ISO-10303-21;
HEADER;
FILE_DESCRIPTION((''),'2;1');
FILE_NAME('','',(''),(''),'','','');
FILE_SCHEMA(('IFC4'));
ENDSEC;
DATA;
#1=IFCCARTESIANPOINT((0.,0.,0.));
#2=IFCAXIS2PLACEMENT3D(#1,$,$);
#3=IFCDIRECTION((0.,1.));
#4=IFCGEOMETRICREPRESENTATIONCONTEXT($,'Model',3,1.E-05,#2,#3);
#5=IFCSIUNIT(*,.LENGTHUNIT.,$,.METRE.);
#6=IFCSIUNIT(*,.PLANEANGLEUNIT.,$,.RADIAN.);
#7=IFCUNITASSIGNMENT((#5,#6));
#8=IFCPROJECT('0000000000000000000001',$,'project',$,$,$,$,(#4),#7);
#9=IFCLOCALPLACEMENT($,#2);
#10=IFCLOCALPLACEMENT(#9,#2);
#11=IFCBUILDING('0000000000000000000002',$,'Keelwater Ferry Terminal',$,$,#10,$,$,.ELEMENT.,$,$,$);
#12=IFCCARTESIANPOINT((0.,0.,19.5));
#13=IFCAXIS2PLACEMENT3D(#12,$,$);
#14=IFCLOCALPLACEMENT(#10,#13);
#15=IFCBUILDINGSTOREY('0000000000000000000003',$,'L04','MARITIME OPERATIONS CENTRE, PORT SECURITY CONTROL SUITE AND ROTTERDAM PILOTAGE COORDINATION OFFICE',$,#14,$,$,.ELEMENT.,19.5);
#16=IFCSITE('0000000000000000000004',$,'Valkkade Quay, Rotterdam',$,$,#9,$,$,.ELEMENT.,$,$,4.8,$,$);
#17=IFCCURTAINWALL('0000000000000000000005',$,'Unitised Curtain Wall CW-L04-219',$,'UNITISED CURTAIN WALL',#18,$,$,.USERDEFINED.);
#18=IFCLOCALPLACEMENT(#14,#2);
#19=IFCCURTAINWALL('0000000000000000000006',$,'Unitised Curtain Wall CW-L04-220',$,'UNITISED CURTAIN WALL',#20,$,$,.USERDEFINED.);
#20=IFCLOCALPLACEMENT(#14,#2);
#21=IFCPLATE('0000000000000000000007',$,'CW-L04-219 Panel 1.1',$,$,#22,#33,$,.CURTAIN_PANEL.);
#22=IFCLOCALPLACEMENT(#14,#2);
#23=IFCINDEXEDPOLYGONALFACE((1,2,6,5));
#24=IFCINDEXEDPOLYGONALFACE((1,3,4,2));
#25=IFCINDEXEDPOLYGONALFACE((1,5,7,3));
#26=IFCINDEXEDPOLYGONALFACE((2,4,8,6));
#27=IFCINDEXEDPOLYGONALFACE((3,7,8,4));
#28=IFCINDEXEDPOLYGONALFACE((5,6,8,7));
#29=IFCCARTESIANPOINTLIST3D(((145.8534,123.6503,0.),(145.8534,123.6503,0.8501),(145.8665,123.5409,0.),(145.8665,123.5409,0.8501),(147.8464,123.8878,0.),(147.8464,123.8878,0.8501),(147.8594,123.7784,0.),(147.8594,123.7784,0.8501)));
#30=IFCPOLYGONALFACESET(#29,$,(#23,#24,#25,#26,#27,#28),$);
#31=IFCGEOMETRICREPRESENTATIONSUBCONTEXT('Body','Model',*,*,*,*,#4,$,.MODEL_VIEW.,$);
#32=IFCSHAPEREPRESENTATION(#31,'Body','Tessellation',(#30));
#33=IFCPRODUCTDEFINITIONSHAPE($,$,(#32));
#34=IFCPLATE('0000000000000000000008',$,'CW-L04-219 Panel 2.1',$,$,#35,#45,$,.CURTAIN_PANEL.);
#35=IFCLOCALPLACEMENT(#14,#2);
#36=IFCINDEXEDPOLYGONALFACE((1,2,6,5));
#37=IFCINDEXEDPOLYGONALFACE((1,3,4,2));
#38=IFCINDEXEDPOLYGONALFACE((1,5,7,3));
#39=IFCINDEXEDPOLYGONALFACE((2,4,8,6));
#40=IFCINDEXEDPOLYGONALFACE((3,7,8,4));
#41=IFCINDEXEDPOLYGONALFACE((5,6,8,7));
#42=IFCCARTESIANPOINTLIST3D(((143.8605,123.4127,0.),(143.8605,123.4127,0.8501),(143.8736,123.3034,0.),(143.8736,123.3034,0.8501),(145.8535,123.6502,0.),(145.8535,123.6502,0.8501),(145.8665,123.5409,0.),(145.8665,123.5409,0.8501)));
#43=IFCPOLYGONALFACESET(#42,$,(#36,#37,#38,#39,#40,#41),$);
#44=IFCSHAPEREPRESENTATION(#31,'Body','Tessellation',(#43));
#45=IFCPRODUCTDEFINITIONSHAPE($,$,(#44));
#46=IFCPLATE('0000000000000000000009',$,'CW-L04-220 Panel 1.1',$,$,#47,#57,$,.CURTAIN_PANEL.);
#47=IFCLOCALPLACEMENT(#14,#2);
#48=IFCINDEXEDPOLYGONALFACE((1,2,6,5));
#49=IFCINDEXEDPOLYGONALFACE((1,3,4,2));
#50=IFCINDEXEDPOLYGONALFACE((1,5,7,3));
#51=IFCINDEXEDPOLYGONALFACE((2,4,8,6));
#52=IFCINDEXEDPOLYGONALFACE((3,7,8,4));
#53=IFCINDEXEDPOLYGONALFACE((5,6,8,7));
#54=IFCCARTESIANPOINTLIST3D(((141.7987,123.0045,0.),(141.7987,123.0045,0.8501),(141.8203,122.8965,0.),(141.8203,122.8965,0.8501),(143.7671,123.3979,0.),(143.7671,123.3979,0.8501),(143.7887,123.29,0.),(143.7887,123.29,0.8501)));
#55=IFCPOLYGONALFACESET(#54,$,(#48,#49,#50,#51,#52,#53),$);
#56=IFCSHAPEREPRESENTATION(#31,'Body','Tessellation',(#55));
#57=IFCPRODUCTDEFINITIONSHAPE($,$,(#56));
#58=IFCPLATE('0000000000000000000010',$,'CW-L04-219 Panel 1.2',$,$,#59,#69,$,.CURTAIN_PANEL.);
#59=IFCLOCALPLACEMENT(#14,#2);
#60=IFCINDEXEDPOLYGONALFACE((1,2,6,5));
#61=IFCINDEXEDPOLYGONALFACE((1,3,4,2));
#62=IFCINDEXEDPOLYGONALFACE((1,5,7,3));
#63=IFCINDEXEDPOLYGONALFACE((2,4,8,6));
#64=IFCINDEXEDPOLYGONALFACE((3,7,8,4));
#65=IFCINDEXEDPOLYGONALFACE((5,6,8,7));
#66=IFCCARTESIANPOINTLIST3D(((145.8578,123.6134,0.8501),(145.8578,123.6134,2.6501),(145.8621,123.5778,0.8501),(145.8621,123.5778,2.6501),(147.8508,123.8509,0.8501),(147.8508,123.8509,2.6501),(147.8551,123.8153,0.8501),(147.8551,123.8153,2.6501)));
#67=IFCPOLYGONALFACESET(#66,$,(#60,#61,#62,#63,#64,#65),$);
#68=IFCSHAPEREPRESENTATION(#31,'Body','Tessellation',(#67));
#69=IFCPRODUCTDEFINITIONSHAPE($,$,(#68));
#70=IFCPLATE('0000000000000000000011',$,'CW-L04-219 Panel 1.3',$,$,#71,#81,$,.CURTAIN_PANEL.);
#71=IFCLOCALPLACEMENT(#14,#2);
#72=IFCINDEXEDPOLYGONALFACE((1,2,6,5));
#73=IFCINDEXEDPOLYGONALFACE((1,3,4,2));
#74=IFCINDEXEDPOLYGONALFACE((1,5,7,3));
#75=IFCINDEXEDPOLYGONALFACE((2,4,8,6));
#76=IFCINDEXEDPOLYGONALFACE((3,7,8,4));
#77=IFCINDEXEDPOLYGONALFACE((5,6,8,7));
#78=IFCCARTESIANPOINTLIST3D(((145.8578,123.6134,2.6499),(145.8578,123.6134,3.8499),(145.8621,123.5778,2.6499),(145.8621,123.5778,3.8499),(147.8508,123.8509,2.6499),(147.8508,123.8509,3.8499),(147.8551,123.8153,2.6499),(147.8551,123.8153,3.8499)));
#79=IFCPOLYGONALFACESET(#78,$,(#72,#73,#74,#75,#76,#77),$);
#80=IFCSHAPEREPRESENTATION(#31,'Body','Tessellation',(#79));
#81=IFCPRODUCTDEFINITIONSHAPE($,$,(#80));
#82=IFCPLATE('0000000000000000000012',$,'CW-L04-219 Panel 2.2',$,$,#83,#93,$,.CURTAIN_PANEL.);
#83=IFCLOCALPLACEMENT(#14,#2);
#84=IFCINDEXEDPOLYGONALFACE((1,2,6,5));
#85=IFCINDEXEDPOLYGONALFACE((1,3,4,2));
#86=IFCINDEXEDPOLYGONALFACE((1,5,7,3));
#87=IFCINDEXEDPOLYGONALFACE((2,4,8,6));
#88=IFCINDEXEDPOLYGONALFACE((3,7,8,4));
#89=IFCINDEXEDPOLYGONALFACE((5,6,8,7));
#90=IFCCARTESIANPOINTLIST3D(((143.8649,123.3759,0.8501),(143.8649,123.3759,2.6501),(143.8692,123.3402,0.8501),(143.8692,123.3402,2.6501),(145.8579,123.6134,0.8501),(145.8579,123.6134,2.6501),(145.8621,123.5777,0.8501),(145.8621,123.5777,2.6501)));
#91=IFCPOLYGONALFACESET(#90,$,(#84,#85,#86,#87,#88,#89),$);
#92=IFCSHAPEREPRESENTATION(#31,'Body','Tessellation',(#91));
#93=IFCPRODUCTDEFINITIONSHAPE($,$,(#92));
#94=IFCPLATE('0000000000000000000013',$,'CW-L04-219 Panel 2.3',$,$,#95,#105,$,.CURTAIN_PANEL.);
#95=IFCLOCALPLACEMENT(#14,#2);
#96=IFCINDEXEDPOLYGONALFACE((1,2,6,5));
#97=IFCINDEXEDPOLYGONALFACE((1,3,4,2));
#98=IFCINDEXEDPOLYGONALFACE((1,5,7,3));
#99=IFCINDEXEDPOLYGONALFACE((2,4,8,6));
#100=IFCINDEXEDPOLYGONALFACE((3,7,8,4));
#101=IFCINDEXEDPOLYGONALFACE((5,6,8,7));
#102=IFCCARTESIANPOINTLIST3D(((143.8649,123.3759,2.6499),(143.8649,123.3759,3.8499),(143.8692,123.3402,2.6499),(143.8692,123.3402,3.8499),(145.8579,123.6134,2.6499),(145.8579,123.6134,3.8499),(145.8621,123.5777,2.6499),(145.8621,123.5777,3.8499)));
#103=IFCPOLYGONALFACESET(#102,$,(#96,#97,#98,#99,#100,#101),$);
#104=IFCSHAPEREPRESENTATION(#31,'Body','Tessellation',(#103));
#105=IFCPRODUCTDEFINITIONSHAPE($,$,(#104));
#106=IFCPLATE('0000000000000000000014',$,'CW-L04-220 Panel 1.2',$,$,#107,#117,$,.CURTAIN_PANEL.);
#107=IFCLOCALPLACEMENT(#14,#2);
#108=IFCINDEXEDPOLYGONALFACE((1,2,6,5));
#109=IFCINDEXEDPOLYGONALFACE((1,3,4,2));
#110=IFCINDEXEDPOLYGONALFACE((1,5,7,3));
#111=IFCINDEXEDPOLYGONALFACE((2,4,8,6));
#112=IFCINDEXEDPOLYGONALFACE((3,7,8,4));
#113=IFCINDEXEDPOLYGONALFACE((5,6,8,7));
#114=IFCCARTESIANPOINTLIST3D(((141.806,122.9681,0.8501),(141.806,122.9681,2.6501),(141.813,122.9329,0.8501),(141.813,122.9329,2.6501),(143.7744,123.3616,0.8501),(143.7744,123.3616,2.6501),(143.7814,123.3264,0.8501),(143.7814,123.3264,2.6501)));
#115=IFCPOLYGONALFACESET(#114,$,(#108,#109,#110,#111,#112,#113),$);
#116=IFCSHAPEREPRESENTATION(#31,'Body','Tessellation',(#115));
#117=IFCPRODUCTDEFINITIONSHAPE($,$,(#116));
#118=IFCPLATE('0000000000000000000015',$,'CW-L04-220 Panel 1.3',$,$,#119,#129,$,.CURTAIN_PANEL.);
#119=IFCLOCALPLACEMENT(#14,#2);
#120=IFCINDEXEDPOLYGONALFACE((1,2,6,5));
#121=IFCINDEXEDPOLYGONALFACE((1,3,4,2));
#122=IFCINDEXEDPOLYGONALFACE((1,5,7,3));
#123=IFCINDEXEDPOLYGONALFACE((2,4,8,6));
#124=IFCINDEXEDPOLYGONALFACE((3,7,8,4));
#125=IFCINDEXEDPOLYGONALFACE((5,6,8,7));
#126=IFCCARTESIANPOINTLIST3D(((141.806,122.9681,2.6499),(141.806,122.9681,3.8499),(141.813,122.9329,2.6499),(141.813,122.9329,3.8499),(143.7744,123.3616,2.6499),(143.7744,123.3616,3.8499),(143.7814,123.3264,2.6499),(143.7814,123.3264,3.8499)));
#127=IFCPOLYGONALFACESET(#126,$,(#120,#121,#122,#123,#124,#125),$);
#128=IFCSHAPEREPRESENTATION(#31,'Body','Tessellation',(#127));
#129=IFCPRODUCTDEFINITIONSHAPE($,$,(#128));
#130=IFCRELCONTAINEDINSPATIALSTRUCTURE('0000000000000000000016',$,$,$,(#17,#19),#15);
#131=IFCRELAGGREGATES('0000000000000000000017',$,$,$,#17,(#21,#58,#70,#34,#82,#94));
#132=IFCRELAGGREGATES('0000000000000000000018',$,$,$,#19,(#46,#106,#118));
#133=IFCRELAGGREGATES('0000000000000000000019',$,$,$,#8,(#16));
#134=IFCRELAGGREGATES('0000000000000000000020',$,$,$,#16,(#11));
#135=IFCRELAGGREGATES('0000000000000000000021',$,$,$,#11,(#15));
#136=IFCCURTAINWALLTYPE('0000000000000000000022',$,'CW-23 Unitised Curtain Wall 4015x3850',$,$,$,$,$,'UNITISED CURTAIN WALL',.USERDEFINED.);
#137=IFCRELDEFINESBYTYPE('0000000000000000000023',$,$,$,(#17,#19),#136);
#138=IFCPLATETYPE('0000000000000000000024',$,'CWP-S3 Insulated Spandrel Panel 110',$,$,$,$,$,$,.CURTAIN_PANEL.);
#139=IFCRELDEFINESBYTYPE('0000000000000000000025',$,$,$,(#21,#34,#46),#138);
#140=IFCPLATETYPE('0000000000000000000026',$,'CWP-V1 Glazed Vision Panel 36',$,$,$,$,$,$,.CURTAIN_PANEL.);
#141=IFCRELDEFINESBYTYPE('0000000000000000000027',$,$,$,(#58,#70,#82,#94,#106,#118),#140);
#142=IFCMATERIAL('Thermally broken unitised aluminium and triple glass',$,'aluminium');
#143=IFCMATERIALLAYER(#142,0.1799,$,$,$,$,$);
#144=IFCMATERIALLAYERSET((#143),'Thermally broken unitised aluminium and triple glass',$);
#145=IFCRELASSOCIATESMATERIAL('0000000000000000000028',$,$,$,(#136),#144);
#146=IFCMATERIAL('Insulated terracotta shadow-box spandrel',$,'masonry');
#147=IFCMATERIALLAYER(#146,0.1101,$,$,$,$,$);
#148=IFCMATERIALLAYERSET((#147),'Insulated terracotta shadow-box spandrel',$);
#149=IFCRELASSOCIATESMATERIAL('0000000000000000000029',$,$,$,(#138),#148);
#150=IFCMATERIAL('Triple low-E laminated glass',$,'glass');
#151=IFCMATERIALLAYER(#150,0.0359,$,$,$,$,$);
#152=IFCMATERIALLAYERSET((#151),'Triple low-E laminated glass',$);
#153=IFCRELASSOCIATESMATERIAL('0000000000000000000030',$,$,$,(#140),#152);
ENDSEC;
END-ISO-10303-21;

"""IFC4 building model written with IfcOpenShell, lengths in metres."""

from ifc_helpers import new_model, si_unit, direction, frame, origin, origin_2d, place, context, subcontext, project, spatial, rectangle, extrude, material, layer, layer_set, type_object, element, aggregate, save


model = new_model("IFC4")

# Units and contexts
model_context = context("Model", 3, precision=1e-05, world=origin(), true_north=direction((0.0, 1.0)))
body_context = subcontext(model_context, "Body", "Model", "MODEL_VIEW")
ifc_project = project(units=[si_unit("LENGTHUNIT", "METRE"), si_unit("PLANEANGLEUNIT", "RADIAN")], contexts=[model_context])

# Site, building, storey
site_placement = place(None, origin())
site = spatial("IfcSite", under=ifc_project, at=site_placement, Name="Valkkade Quay, Rotterdam", CompositionType="ELEMENT", RefElevation=4.8)
building_placement = place(site_placement, origin())
building = spatial("IfcBuilding", under=site, at=building_placement, Name="Keelwater Ferry Terminal", CompositionType="ELEMENT")
storey_placement = place(building_placement, frame((0.0, 0.0, 19.5)))
storey = spatial("IfcBuildingStorey", under=building, at=storey_placement, Name="L04", Description="MARITIME OPERATIONS CENTRE, PORT SECURITY CONTROL SUITE AND ROTTERDAM PILOTAGE COORDINATION OFFICE", CompositionType="ELEMENT", Elevation=19.5)

# Shared definitions
ifc_material_1 = material(Name="Thermally broken unitised aluminium and triple glass", Category="aluminium")
ifc_layer_1 = layer(ifc_material_1, 0.1799)
ifc_layer_set_1 = layer_set([ifc_layer_1], Name="Thermally broken unitised aluminium and triple glass")
curtain_wall_type = type_object("IfcCurtainWallType", Name="CW-23 Unitised Curtain Wall 4015x3850", ElementType="UNITISED CURTAIN WALL", PredefinedType="USERDEFINED", material=ifc_layer_set_1)

# Curtain walls
curtain_wall_1_placement = place(storey_placement, origin())
curtain_wall_1 = element("IfcCurtainWall", 1, at=curtain_wall_1_placement, inside=storey, type_object=curtain_wall_type, Name="Unitised Curtain Wall CW-L04-219", ObjectType="UNITISED CURTAIN WALL", PredefinedType="USERDEFINED")
curtain_wall_2_placement = place(storey_placement, origin())
curtain_wall_2 = element("IfcCurtainWall", 2, at=curtain_wall_2_placement, inside=storey, type_object=curtain_wall_type, Name="Unitised Curtain Wall CW-L04-220", ObjectType="UNITISED CURTAIN WALL", PredefinedType="USERDEFINED")

# Plates
ifc_material_2 = material(Name="Insulated terracotta shadow-box spandrel", Category="masonry")
ifc_layer_2 = layer(ifc_material_2, 0.1101)
ifc_layer_set_2 = layer_set([ifc_layer_2], Name="Insulated terracotta shadow-box spandrel")
plate_type_1 = type_object("IfcPlateType", Name="CWP-S3 Insulated Spandrel Panel 110", PredefinedType="CURTAIN_PANEL", material=ifc_layer_set_2)
plate_1_placement = place(storey_placement, frame((146.8564, 123.7144, 0.0), z_axis=(0.0, 0.0, 1.0), x_axis=(-0.992974, -0.11833, 0.0)))
plate_1 = element("IfcPlate", 3, at=plate_1_placement, type_object=plate_type_1, Name="CW-L04-219 Panel 1.1", PredefinedType="CURTAIN_PANEL", context=body_context, shape_type="SweptSolid", body=[
    extrude(rectangle(XDim=2.0071, YDim=0.1101, at=origin_2d()), origin(), (0.0, 0.0, 1.0), 0.8501),
])
plate_2_placement = place(storey_placement, frame((144.8635, 123.4768, 0.0), z_axis=(0.0, 0.0, 1.0), x_axis=(-0.992974, -0.11833, 0.0)))
plate_2 = element("IfcPlate", 4, at=plate_2_placement, type_object=plate_type_1, Name="CW-L04-219 Panel 2.1", PredefinedType="CURTAIN_PANEL", context=body_context, shape_type="SweptSolid", body=[
    extrude(rectangle(XDim=2.0071, YDim=0.1101, at=origin_2d()), origin(), (0.0, 0.0, 1.0), 0.8501),
])
plate_3_placement = place(storey_placement, frame((142.7937, 123.1472, 0.0), z_axis=(0.0, 0.0, 1.0), x_axis=(-0.9806, -0.19602, 0.0)))
plate_3 = element("IfcPlate", 5, at=plate_3_placement, type_object=plate_type_1, Name="CW-L04-220 Panel 1.1", PredefinedType="CURTAIN_PANEL", context=body_context, shape_type="SweptSolid", body=[
    extrude(rectangle(XDim=2.0073, YDim=0.1101, at=origin_2d()), origin(), (0.0, 0.0, 1.0), 0.8501),
])
ifc_material_3 = material(Name="Triple low-E laminated glass", Category="glass")
ifc_layer_3 = layer(ifc_material_3, 0.0359)
ifc_layer_set_3 = layer_set([ifc_layer_3], Name="Triple low-E laminated glass")
plate_type_2 = type_object("IfcPlateType", Name="CWP-V1 Glazed Vision Panel 36", PredefinedType="CURTAIN_PANEL", material=ifc_layer_set_3)
plate_4_placement = place(storey_placement, frame((146.8564, 123.7144, 0.8501), z_axis=(0.0, 0.0, 1.0), x_axis=(-0.992974, -0.11833, 0.0)))
plate_4 = element("IfcPlate", 6, at=plate_4_placement, type_object=plate_type_2, Name="CW-L04-219 Panel 1.2", PredefinedType="CURTAIN_PANEL", context=body_context, shape_type="SweptSolid", body=[
    extrude(rectangle(XDim=2.0071, YDim=0.0359, at=origin_2d()), origin(), (0.0, 0.0, 1.0), 1.8),
])
plate_5_placement = place(storey_placement, frame((146.8564, 123.7144, 2.6499), z_axis=(0.0, 0.0, 1.0), x_axis=(-0.992974, -0.11833, 0.0)))
plate_5 = element("IfcPlate", 7, at=plate_5_placement, type_object=plate_type_2, Name="CW-L04-219 Panel 1.3", PredefinedType="CURTAIN_PANEL", context=body_context, shape_type="SweptSolid", body=[
    extrude(rectangle(XDim=2.0071, YDim=0.0359, at=origin_2d()), origin(), (0.0, 0.0, 1.0), 1.2),
])
plate_6_placement = place(storey_placement, frame((144.8635, 123.4768, 0.8501), z_axis=(0.0, 0.0, 1.0), x_axis=(-0.992974, -0.11833, 0.0)))
plate_6 = element("IfcPlate", 8, at=plate_6_placement, type_object=plate_type_2, Name="CW-L04-219 Panel 2.2", PredefinedType="CURTAIN_PANEL", context=body_context, shape_type="SweptSolid", body=[
    extrude(rectangle(XDim=2.0071, YDim=0.0359, at=origin_2d()), origin(), (0.0, 0.0, 1.0), 1.8),
])
plate_7_placement = place(storey_placement, frame((144.8635, 123.4768, 2.6499), z_axis=(0.0, 0.0, 1.0), x_axis=(-0.992974, -0.11833, 0.0)))
plate_7 = element("IfcPlate", 9, at=plate_7_placement, type_object=plate_type_2, Name="CW-L04-219 Panel 2.3", PredefinedType="CURTAIN_PANEL", context=body_context, shape_type="SweptSolid", body=[
    extrude(rectangle(XDim=2.0071, YDim=0.0359, at=origin_2d()), origin(), (0.0, 0.0, 1.0), 1.2),
])
aggregate(curtain_wall_1, [plate_1, plate_4, plate_5, plate_2, plate_6, plate_7])
plate_8_placement = place(storey_placement, frame((142.7937, 123.1472, 0.8501), z_axis=(0.0, 0.0, 1.0), x_axis=(-0.9806, -0.19602, 0.0)))
plate_8 = element("IfcPlate", 10, at=plate_8_placement, type_object=plate_type_2, Name="CW-L04-220 Panel 1.2", PredefinedType="CURTAIN_PANEL", context=body_context, shape_type="SweptSolid", body=[
    extrude(rectangle(XDim=2.0073, YDim=0.0359, at=origin_2d()), origin(), (0.0, 0.0, 1.0), 1.8),
])
plate_9_placement = place(storey_placement, frame((142.7937, 123.1472, 2.6499), z_axis=(0.0, 0.0, 1.0), x_axis=(-0.9806, -0.19602, 0.0)))
plate_9 = element("IfcPlate", 11, at=plate_9_placement, type_object=plate_type_2, Name="CW-L04-220 Panel 1.3", PredefinedType="CURTAIN_PANEL", context=body_context, shape_type="SweptSolid", body=[
    extrude(rectangle(XDim=2.0073, YDim=0.0359, at=origin_2d()), origin(), (0.0, 0.0, 1.0), 1.2),
])
aggregate(curtain_wall_2, [plate_3, plate_8, plate_9])

save(model, "model.ifc")
